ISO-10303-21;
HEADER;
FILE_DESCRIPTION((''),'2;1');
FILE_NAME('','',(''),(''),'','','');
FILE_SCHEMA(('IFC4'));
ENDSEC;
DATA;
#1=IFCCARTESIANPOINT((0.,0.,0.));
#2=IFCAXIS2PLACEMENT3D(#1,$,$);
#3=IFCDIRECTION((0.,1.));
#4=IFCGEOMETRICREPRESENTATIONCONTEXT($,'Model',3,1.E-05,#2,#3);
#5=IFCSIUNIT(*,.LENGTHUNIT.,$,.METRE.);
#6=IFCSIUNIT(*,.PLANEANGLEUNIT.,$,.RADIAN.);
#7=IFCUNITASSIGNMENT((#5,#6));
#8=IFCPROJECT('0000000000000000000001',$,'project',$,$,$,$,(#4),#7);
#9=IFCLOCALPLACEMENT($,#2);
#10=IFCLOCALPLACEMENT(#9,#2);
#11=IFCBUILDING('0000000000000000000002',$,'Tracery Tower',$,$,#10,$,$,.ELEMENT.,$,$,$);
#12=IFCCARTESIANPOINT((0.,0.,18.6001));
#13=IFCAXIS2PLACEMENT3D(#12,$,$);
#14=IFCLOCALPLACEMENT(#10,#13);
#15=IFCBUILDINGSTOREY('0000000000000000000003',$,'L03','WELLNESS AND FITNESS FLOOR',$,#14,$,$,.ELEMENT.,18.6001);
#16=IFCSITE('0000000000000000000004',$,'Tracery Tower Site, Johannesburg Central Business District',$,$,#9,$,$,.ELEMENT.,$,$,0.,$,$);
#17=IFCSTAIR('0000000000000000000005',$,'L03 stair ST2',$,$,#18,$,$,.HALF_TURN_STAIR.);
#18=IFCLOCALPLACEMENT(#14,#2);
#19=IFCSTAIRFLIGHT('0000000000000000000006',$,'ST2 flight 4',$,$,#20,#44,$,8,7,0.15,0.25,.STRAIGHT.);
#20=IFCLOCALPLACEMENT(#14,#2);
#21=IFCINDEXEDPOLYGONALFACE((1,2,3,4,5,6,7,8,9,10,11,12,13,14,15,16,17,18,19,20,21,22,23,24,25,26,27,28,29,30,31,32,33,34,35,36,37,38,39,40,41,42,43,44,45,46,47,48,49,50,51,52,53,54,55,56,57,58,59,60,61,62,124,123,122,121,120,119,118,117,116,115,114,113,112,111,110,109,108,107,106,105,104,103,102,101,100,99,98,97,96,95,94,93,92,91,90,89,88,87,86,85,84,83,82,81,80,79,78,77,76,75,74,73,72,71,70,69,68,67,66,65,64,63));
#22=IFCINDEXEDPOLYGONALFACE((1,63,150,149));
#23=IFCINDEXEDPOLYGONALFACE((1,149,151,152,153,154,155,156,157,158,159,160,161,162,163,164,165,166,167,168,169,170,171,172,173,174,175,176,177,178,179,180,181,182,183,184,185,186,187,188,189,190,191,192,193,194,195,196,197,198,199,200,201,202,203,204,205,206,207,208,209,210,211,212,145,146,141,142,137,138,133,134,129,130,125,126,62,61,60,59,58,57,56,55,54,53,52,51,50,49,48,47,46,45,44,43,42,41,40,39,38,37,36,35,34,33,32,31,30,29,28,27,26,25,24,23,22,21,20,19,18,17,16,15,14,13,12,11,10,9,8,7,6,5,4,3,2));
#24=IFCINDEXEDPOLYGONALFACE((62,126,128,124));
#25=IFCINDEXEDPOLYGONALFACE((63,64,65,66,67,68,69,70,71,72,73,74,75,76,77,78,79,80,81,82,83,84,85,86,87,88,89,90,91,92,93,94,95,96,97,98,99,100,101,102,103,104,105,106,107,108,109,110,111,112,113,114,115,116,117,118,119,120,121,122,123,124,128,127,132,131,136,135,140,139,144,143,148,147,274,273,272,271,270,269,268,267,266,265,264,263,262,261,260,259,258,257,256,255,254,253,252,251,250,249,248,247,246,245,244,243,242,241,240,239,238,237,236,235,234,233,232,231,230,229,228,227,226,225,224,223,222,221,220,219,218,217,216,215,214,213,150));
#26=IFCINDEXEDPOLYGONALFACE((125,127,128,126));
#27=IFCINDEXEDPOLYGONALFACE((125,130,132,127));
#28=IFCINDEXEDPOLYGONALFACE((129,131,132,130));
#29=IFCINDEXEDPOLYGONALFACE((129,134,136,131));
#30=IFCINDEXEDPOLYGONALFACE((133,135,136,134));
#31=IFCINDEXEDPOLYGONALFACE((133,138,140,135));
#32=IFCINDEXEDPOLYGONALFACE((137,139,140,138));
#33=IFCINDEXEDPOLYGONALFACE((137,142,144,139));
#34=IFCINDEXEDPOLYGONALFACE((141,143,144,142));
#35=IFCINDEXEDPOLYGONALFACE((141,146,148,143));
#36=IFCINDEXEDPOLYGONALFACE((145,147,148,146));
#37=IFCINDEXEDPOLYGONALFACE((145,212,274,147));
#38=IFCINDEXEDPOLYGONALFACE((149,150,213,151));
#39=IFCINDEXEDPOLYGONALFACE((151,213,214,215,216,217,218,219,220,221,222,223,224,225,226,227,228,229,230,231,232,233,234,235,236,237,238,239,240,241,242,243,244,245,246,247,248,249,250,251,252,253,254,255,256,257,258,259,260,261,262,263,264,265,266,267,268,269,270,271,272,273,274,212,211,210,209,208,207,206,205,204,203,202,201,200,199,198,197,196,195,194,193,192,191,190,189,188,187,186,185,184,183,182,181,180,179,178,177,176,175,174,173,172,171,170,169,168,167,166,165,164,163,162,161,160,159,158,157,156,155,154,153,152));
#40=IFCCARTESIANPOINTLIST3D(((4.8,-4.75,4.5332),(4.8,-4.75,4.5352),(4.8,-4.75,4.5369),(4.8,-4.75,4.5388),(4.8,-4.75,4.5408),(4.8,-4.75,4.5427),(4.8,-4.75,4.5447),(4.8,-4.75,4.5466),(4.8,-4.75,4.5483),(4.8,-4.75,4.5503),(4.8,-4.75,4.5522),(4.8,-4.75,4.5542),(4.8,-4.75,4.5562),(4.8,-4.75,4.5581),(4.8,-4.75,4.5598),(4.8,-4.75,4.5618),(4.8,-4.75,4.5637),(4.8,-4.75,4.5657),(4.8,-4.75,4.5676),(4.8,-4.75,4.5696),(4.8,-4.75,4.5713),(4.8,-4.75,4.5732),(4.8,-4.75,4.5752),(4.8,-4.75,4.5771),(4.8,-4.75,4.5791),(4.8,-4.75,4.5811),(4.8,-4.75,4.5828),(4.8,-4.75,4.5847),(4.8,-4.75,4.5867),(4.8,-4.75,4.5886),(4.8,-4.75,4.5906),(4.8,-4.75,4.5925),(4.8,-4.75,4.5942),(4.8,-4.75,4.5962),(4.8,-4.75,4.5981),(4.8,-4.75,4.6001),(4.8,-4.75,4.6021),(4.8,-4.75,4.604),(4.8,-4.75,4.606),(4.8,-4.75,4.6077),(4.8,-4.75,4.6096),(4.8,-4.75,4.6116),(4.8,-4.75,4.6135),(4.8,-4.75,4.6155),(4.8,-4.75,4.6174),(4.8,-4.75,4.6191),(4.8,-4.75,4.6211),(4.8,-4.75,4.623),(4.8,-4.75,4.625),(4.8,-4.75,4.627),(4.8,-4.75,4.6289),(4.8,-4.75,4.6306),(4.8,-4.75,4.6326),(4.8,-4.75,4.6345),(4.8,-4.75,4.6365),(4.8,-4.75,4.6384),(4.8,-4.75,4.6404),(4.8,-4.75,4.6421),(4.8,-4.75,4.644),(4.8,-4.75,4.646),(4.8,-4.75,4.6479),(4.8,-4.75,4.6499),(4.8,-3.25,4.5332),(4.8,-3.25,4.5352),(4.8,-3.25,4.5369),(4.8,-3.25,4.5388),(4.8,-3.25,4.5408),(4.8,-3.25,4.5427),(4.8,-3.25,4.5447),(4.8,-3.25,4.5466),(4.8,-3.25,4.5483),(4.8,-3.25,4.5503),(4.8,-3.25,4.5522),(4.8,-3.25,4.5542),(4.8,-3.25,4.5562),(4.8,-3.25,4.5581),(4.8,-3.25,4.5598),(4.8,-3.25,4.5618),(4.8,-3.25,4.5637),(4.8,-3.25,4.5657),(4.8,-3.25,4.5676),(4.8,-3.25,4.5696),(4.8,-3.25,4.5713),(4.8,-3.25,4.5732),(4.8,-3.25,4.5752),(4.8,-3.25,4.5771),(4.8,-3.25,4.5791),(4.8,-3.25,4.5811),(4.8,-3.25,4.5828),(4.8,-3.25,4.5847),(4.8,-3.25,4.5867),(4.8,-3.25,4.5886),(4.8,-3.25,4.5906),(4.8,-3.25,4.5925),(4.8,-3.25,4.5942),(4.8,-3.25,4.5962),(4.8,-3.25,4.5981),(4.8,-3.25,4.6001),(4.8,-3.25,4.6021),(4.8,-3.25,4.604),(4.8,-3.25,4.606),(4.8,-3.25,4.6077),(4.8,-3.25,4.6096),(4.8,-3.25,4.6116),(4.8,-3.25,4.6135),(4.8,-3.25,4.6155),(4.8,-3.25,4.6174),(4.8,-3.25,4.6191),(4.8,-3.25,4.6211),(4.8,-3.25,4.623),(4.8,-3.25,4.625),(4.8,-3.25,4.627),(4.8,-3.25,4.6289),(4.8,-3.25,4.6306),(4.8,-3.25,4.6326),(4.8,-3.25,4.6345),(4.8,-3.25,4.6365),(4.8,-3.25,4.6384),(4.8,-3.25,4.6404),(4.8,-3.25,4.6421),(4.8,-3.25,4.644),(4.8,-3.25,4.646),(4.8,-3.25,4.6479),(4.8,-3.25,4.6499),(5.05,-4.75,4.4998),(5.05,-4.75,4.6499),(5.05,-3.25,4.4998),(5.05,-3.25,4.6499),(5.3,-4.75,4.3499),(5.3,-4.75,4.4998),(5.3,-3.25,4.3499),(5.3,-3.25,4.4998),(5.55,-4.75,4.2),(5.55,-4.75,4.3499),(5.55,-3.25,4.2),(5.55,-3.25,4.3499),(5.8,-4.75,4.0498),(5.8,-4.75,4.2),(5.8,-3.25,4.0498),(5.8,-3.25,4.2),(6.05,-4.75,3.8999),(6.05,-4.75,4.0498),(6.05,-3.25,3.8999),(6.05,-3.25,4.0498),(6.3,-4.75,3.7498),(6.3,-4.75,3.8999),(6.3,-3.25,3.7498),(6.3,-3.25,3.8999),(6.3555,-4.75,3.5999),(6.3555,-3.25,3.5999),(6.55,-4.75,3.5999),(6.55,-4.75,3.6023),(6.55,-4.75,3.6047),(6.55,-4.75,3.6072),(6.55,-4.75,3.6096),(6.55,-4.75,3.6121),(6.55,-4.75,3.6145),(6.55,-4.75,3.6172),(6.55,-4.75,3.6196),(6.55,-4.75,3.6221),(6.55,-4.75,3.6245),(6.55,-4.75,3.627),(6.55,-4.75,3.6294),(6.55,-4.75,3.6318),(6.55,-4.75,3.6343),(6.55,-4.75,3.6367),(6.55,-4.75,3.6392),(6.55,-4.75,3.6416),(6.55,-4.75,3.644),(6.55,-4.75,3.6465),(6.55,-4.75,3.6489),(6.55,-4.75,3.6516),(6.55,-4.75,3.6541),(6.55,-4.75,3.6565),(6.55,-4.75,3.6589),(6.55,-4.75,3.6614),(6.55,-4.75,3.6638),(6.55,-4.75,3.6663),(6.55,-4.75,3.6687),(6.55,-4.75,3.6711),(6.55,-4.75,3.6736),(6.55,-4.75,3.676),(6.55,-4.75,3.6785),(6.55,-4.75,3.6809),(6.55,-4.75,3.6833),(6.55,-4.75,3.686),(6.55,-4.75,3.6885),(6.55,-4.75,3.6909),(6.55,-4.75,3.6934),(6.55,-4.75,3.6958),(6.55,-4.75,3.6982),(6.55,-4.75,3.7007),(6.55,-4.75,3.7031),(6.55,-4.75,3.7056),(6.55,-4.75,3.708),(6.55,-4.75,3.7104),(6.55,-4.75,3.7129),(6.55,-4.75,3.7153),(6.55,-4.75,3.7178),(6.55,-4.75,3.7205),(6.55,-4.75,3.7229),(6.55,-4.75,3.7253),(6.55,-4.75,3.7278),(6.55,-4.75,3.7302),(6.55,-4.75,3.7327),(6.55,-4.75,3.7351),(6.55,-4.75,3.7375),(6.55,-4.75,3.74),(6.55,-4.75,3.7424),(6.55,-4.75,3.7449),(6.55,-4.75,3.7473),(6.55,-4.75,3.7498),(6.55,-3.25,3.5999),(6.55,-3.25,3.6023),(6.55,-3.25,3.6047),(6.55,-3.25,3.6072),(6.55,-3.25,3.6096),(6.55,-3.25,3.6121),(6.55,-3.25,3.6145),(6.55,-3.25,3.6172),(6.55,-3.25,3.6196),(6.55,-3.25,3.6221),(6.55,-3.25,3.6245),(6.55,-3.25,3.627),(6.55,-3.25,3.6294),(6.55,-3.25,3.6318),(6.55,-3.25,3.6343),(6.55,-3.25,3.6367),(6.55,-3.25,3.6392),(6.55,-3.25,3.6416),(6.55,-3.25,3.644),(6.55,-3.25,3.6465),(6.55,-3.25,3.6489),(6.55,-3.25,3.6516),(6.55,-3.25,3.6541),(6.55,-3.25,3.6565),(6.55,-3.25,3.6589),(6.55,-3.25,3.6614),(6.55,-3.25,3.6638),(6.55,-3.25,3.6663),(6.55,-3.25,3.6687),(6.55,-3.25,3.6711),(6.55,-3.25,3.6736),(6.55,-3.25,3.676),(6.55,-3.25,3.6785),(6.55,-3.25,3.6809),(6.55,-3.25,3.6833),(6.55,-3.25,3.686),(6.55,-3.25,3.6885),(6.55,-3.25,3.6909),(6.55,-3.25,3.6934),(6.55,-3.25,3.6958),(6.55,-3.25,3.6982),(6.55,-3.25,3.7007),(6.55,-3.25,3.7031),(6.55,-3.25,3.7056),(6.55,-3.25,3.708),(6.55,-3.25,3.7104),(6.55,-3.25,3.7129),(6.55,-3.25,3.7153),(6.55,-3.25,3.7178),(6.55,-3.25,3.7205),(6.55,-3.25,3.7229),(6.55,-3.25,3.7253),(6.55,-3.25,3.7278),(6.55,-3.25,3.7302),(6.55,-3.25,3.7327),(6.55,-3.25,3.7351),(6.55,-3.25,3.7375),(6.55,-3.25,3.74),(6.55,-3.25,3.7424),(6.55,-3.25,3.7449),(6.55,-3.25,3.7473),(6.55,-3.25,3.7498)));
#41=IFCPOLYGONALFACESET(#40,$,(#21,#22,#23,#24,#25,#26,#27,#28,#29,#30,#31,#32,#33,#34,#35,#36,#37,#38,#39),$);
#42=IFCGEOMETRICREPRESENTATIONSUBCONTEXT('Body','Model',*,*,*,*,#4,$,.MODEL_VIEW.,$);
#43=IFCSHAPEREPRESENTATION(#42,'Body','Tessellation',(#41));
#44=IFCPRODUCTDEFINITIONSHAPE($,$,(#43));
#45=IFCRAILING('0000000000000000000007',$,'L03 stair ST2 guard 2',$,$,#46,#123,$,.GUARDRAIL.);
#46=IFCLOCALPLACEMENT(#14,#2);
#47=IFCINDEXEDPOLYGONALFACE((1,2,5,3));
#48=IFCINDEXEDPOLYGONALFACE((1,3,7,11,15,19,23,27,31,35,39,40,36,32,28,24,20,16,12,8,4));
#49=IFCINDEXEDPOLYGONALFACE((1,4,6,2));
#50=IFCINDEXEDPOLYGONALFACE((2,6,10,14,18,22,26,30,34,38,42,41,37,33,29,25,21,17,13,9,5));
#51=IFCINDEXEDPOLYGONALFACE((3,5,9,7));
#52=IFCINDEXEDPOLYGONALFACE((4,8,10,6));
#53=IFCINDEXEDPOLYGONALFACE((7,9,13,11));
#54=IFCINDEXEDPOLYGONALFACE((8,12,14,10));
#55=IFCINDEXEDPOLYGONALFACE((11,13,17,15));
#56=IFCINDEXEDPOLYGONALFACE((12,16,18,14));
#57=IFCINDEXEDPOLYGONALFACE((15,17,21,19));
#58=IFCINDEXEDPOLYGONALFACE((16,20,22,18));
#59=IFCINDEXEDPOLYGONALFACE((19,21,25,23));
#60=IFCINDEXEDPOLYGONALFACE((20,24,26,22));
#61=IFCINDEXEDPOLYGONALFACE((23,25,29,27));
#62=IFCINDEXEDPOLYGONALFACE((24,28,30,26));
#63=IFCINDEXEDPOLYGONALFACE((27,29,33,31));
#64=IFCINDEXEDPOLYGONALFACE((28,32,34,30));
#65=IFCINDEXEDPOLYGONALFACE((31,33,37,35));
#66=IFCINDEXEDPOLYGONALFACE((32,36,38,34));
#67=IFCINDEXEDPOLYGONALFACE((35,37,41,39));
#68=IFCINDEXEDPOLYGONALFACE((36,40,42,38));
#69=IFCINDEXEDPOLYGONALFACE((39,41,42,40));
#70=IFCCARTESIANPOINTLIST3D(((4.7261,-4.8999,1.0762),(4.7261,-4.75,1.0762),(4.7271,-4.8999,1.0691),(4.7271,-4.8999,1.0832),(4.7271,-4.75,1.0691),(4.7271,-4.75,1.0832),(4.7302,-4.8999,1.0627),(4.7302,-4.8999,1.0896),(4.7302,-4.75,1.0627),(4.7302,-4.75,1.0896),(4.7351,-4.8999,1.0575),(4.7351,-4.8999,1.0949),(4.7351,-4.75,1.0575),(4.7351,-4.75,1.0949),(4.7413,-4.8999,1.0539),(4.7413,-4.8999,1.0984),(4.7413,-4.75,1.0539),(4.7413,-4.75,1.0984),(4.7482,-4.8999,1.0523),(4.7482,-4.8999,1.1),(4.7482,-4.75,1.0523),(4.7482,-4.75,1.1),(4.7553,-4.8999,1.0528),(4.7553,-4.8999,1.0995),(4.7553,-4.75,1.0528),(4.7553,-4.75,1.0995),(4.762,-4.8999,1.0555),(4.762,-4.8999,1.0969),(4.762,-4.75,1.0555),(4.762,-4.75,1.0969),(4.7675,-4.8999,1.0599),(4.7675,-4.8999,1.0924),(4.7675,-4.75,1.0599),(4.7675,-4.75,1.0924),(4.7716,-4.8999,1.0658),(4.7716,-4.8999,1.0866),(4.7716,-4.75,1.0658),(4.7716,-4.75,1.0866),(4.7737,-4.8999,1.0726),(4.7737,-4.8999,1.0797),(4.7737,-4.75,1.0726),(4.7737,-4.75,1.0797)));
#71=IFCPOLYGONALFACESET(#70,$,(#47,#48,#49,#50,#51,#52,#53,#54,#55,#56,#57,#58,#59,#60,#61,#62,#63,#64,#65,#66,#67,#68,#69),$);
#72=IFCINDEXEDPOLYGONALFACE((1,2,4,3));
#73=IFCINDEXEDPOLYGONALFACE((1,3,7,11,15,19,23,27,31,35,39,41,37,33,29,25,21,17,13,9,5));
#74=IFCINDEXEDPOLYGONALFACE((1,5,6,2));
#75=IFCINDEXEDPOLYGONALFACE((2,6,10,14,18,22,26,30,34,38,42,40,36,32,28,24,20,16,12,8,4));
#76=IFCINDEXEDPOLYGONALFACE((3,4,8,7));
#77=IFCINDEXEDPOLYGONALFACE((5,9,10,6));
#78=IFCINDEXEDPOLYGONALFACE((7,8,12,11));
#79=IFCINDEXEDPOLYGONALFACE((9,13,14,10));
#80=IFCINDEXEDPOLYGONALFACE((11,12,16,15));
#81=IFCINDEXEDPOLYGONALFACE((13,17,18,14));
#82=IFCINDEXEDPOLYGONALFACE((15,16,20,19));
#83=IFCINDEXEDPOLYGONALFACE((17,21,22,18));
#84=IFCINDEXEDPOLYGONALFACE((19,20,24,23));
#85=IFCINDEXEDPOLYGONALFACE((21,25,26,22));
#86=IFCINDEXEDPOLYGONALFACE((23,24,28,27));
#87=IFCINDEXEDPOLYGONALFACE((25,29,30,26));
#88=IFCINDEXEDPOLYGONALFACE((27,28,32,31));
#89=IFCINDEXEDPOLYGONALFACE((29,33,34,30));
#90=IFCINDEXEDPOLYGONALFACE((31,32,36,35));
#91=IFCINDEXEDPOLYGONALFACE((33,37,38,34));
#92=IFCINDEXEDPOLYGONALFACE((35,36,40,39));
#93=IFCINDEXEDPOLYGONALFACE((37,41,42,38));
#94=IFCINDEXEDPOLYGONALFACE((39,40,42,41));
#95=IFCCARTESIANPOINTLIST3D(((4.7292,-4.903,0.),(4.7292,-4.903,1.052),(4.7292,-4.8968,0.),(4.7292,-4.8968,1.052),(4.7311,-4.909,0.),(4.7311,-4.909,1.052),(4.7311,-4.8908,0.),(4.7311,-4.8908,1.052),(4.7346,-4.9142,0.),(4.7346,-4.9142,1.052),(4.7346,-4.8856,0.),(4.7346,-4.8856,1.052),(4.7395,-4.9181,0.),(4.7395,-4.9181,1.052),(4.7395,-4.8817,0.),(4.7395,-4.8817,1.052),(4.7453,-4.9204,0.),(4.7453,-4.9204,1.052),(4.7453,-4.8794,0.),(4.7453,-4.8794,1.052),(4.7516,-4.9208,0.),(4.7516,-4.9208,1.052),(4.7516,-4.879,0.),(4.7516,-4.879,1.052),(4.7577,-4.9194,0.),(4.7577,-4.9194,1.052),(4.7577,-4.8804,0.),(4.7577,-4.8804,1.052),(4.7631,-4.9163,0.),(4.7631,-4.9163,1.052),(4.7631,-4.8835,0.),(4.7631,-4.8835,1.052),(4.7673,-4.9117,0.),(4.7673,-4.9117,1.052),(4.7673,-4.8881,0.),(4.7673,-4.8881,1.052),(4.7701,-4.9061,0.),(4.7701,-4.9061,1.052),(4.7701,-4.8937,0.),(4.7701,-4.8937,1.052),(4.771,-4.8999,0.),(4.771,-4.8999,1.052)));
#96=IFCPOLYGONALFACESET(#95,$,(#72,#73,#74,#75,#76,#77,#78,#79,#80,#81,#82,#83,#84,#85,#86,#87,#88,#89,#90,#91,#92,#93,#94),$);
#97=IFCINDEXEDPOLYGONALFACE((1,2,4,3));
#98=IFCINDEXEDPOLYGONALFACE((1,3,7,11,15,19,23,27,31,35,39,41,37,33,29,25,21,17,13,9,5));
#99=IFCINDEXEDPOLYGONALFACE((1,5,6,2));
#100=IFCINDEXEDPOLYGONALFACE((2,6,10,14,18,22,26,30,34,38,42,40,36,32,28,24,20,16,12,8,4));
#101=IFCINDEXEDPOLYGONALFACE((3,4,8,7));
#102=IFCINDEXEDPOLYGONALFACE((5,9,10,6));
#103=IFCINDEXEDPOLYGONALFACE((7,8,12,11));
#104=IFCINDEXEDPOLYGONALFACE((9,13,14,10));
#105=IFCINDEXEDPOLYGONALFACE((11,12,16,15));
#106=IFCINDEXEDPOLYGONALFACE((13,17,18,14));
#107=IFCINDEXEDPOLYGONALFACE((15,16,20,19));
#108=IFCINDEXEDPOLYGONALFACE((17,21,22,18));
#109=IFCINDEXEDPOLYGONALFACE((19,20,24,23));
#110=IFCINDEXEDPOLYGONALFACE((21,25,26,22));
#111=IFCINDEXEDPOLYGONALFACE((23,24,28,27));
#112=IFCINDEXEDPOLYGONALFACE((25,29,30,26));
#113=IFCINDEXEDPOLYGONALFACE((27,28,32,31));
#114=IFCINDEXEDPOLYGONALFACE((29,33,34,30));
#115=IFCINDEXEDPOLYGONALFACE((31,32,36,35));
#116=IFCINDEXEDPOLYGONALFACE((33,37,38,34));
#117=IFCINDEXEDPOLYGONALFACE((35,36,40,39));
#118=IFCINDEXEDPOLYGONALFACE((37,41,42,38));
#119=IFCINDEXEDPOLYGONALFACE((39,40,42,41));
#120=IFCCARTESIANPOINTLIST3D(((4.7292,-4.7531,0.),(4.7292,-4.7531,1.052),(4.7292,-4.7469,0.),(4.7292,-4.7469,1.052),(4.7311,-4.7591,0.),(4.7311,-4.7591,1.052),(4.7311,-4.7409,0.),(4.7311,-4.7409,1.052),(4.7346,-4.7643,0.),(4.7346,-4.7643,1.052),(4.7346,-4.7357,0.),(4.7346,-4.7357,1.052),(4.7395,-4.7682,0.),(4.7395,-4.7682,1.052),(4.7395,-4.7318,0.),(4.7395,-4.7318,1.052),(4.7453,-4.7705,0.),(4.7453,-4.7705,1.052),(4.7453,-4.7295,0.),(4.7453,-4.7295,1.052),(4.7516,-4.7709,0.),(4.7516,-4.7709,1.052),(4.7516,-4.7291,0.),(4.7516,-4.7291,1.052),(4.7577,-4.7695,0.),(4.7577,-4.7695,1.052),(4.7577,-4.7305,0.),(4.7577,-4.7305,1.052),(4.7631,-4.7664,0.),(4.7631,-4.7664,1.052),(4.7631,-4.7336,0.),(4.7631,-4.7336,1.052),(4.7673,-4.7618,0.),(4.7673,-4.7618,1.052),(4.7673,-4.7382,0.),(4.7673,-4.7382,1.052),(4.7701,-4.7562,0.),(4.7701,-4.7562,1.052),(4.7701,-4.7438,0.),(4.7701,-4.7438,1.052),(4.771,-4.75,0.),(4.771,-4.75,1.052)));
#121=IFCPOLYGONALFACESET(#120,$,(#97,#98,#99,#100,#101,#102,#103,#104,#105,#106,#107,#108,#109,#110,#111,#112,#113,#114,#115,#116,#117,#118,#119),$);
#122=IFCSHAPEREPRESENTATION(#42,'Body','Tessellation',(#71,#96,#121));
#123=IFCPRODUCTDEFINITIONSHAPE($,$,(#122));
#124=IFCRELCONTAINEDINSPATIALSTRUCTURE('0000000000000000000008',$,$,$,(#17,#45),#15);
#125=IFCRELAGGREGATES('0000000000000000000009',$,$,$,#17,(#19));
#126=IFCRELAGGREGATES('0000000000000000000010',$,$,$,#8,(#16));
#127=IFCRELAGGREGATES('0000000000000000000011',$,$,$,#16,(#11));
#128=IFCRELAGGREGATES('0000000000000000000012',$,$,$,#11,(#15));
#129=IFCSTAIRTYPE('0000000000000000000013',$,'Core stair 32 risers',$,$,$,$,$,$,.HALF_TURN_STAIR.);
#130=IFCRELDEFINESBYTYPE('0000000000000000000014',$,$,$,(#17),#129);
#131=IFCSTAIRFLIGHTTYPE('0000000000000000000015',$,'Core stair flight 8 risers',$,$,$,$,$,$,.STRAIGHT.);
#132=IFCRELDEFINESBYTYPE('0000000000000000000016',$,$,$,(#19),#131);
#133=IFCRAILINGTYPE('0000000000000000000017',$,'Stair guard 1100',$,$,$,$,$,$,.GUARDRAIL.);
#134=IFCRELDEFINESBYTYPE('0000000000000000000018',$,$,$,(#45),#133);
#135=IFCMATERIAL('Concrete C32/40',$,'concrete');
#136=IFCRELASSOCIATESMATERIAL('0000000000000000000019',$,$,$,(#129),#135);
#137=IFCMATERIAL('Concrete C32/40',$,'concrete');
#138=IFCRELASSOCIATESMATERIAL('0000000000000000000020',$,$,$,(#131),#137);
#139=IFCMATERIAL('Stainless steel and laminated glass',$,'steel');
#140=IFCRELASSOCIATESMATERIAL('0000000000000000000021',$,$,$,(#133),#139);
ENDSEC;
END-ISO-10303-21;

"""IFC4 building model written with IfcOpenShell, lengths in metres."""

from ifc_helpers import new_model, si_unit, direction, frame, origin, origin_2d, place, context, subcontext, project, spatial, polyline, circle, outline, extrude, material, type_object, element, aggregate, save


model = new_model("IFC4")

# Units and contexts
model_context = context("Model", 3, precision=1e-05, world=origin(), true_north=direction((0.0, 1.0)))
body_context = subcontext(model_context, "Body", "Model", "MODEL_VIEW")
ifc_project = project(units=[si_unit("LENGTHUNIT", "METRE"), si_unit("PLANEANGLEUNIT", "RADIAN")], contexts=[model_context])

# Site, building, storey
site_placement = place(None, origin())
site = spatial("IfcSite", under=ifc_project, at=site_placement, Name="Tracery Tower Site, Johannesburg Central Business District", CompositionType="ELEMENT", RefElevation=0.0)
building_placement = place(site_placement, origin())
building = spatial("IfcBuilding", under=site, at=building_placement, Name="Tracery Tower", CompositionType="ELEMENT")
storey_placement = place(building_placement, frame((0.0, 0.0, 18.6001)))
storey = spatial("IfcBuildingStorey", under=building, at=storey_placement, Name="L03", Description="WELLNESS AND FITNESS FLOOR", CompositionType="ELEMENT", Elevation=18.6001)

# Stair, stair flight
ifc_material_1 = material(Name="Concrete C32/40", Category="concrete")
stair_type = type_object("IfcStairType", Name="Core stair 32 risers", PredefinedType="HALF_TURN_STAIR", material=ifc_material_1)
stair_placement = place(storey_placement, origin())
stair = element("IfcStair", 1, at=stair_placement, inside=storey, type_object=stair_type, Name="L03 stair ST2", PredefinedType="HALF_TURN_STAIR")
ifc_material_2 = material(Name="Concrete C32/40", Category="concrete")
stair_flight_type = type_object("IfcStairFlightType", Name="Core stair flight 8 risers", PredefinedType="STRAIGHT", material=ifc_material_2)
stair_flight_1_placement = place(storey_placement, frame((6.55, -4.0, 3.5999), z_axis=(0.0, 0.0, 1.0), x_axis=(-1.0, 0.0, 0.0)))
stair_flight_1 = element("IfcStairFlight", 2, at=stair_flight_1_placement, type_object=stair_flight_type, Name="ST2 flight 4", NumberOfRisers=8, NumberOfTreads=7, PredefinedType="STRAIGHT", RiserHeight=0.15, TreadLength=0.25, context=body_context, shape_type="SweptSolid", body=[
    extrude(outline(polyline([(0.0, 0.0), (0.0, 0.0024), (0.0, 0.0049), (0.0, 0.0073), (0.0, 0.0098), (0.0, 0.0122), (0.0, 0.0146), (0.0, 0.0173), (0.0, 0.0198), (0.0, 0.0222), (0.0, 0.0247), (0.0, 0.0271), (0.0, 0.0295), (0.0, 0.032), (0.0, 0.0344), (0.0, 0.0369), (0.0, 0.0393), (0.0, 0.0417), (0.0, 0.0442), (0.0, 0.0466), (0.0, 0.0491), (0.0, 0.0518), (0.0, 0.0542), (0.0, 0.0566), (0.0, 0.0591), (0.0, 0.0615), (0.0, 0.064), (0.0, 0.0664), (0.0, 0.0688), (0.0, 0.0713), (0.0, 0.0737), (0.0, 0.0762), (0.0, 0.0786), (0.0, 0.0811), (0.0, 0.0835), (0.0, 0.0862), (0.0, 0.0886), (0.0, 0.0911), (0.0, 0.0935), (0.0, 0.0959), (0.0, 0.0984), (0.0, 0.1008), (0.0, 0.1033), (0.0, 0.1057), (0.0, 0.1082), (0.0, 0.1106), (0.0, 0.113), (0.0, 0.1155), (0.0, 0.1179), (0.0, 0.1206), (0.0, 0.123), (0.0, 0.1255), (0.0, 0.1279), (0.0, 0.1304), (0.0, 0.1328), (0.0, 0.1353), (0.0, 0.1377), (0.0, 0.1401), (0.0, 0.1426), (0.0, 0.145), (0.0, 0.1475), (0.0, 0.1499), (0.25, 0.1499), (0.25, 0.3), (0.5, 0.3), (0.5, 0.45), (0.75, 0.45), (0.75, 0.6001), (1.0, 0.6001), (1.0, 0.75), (1.25, 0.75), (1.25, 0.8999), (1.5, 0.8999), (1.5, 1.05), (1.75, 1.05), (1.75, 1.0481), (1.75, 1.0461), (1.75, 1.0442), (1.75, 1.0422), (1.75, 1.0405), (1.75, 1.0386), (1.75, 1.0366), (1.75, 1.0347), (1.75, 1.0327), (1.75, 1.0308), (1.75, 1.0291), (1.75, 1.0271), (1.75, 1.0251), (1.75, 1.0232), (1.75, 1.0212), (1.75, 1.0193), (1.75, 1.0176), (1.75, 1.0156), (1.75, 1.0137), (1.75, 1.0117), (1.75, 1.0098), (1.75, 1.0078), (1.75, 1.0061), (1.75, 1.0042), (1.75, 1.0022), (1.75, 1.0002), (1.75, 0.9983), (1.75, 0.9963), (1.75, 0.9944), (1.75, 0.9927), (1.75, 0.9907), (1.75, 0.9888), (1.75, 0.9868), (1.75, 0.9849), (1.75, 0.9829), (1.75, 0.9812), (1.75, 0.9792), (1.75, 0.9773), (1.75, 0.9753), (1.75, 0.9734), (1.75, 0.9714), (1.75, 0.9697), (1.75, 0.9678), (1.75, 0.9658), (1.75, 0.9639), (1.75, 0.9619), (1.75, 0.96), (1.75, 0.9583), (1.75, 0.9563), (1.75, 0.9543), (1.75, 0.9524), (1.75, 0.9504), (1.75, 0.9485), (1.75, 0.9468), (1.75, 0.9448), (1.75, 0.9429), (1.75, 0.9409), (1.75, 0.939), (1.75, 0.937), (1.75, 0.9353), (1.75, 0.9333), (0.1946, 0.0), (0.0, 0.0)])), frame((0.0, 0.75, 0.0), z_axis=(0.0, -1.0, 0.0), x_axis=(1.0, 0.0, 0.0)), (0.0, 0.0, 1.0), 1.5),
])
aggregate(stair, [stair_flight_1])

# Railing
ifc_material_3 = material(Name="Stainless steel and laminated glass", Category="steel")
railing_type_1 = type_object("IfcRailingType", Name="Stair guard 1100", PredefinedType="GUARDRAIL", material=ifc_material_3)
railing_1_placement = place(storey_placement, frame((4.75, -4.8999, 0.0)))
element("IfcRailing", 3, at=railing_1_placement, inside=storey, type_object=railing_type_1, Name="L03 stair ST2 guard 2", PredefinedType="GUARDRAIL", context=body_context, shape_type="SweptSolid", body=[
    extrude(circle(Radius=0.0239, at=origin_2d()), frame((0.0, 0.0, 1.0762), z_axis=(0.0, 1.0, 0.0), x_axis=(-1.0, 0.0, 0.0)), (0.0, 0.0, 1.0), 0.1499),
    extrude(circle(Radius=0.021, at=origin_2d()), origin(), (0.0, 0.0, 1.0), 1.052),
    extrude(circle(Radius=0.021, at=origin_2d()), frame((0.0, 0.1499, 0.0)), (0.0, 0.0, 1.0), 1.052),
])

save(model, "model.ifc")
